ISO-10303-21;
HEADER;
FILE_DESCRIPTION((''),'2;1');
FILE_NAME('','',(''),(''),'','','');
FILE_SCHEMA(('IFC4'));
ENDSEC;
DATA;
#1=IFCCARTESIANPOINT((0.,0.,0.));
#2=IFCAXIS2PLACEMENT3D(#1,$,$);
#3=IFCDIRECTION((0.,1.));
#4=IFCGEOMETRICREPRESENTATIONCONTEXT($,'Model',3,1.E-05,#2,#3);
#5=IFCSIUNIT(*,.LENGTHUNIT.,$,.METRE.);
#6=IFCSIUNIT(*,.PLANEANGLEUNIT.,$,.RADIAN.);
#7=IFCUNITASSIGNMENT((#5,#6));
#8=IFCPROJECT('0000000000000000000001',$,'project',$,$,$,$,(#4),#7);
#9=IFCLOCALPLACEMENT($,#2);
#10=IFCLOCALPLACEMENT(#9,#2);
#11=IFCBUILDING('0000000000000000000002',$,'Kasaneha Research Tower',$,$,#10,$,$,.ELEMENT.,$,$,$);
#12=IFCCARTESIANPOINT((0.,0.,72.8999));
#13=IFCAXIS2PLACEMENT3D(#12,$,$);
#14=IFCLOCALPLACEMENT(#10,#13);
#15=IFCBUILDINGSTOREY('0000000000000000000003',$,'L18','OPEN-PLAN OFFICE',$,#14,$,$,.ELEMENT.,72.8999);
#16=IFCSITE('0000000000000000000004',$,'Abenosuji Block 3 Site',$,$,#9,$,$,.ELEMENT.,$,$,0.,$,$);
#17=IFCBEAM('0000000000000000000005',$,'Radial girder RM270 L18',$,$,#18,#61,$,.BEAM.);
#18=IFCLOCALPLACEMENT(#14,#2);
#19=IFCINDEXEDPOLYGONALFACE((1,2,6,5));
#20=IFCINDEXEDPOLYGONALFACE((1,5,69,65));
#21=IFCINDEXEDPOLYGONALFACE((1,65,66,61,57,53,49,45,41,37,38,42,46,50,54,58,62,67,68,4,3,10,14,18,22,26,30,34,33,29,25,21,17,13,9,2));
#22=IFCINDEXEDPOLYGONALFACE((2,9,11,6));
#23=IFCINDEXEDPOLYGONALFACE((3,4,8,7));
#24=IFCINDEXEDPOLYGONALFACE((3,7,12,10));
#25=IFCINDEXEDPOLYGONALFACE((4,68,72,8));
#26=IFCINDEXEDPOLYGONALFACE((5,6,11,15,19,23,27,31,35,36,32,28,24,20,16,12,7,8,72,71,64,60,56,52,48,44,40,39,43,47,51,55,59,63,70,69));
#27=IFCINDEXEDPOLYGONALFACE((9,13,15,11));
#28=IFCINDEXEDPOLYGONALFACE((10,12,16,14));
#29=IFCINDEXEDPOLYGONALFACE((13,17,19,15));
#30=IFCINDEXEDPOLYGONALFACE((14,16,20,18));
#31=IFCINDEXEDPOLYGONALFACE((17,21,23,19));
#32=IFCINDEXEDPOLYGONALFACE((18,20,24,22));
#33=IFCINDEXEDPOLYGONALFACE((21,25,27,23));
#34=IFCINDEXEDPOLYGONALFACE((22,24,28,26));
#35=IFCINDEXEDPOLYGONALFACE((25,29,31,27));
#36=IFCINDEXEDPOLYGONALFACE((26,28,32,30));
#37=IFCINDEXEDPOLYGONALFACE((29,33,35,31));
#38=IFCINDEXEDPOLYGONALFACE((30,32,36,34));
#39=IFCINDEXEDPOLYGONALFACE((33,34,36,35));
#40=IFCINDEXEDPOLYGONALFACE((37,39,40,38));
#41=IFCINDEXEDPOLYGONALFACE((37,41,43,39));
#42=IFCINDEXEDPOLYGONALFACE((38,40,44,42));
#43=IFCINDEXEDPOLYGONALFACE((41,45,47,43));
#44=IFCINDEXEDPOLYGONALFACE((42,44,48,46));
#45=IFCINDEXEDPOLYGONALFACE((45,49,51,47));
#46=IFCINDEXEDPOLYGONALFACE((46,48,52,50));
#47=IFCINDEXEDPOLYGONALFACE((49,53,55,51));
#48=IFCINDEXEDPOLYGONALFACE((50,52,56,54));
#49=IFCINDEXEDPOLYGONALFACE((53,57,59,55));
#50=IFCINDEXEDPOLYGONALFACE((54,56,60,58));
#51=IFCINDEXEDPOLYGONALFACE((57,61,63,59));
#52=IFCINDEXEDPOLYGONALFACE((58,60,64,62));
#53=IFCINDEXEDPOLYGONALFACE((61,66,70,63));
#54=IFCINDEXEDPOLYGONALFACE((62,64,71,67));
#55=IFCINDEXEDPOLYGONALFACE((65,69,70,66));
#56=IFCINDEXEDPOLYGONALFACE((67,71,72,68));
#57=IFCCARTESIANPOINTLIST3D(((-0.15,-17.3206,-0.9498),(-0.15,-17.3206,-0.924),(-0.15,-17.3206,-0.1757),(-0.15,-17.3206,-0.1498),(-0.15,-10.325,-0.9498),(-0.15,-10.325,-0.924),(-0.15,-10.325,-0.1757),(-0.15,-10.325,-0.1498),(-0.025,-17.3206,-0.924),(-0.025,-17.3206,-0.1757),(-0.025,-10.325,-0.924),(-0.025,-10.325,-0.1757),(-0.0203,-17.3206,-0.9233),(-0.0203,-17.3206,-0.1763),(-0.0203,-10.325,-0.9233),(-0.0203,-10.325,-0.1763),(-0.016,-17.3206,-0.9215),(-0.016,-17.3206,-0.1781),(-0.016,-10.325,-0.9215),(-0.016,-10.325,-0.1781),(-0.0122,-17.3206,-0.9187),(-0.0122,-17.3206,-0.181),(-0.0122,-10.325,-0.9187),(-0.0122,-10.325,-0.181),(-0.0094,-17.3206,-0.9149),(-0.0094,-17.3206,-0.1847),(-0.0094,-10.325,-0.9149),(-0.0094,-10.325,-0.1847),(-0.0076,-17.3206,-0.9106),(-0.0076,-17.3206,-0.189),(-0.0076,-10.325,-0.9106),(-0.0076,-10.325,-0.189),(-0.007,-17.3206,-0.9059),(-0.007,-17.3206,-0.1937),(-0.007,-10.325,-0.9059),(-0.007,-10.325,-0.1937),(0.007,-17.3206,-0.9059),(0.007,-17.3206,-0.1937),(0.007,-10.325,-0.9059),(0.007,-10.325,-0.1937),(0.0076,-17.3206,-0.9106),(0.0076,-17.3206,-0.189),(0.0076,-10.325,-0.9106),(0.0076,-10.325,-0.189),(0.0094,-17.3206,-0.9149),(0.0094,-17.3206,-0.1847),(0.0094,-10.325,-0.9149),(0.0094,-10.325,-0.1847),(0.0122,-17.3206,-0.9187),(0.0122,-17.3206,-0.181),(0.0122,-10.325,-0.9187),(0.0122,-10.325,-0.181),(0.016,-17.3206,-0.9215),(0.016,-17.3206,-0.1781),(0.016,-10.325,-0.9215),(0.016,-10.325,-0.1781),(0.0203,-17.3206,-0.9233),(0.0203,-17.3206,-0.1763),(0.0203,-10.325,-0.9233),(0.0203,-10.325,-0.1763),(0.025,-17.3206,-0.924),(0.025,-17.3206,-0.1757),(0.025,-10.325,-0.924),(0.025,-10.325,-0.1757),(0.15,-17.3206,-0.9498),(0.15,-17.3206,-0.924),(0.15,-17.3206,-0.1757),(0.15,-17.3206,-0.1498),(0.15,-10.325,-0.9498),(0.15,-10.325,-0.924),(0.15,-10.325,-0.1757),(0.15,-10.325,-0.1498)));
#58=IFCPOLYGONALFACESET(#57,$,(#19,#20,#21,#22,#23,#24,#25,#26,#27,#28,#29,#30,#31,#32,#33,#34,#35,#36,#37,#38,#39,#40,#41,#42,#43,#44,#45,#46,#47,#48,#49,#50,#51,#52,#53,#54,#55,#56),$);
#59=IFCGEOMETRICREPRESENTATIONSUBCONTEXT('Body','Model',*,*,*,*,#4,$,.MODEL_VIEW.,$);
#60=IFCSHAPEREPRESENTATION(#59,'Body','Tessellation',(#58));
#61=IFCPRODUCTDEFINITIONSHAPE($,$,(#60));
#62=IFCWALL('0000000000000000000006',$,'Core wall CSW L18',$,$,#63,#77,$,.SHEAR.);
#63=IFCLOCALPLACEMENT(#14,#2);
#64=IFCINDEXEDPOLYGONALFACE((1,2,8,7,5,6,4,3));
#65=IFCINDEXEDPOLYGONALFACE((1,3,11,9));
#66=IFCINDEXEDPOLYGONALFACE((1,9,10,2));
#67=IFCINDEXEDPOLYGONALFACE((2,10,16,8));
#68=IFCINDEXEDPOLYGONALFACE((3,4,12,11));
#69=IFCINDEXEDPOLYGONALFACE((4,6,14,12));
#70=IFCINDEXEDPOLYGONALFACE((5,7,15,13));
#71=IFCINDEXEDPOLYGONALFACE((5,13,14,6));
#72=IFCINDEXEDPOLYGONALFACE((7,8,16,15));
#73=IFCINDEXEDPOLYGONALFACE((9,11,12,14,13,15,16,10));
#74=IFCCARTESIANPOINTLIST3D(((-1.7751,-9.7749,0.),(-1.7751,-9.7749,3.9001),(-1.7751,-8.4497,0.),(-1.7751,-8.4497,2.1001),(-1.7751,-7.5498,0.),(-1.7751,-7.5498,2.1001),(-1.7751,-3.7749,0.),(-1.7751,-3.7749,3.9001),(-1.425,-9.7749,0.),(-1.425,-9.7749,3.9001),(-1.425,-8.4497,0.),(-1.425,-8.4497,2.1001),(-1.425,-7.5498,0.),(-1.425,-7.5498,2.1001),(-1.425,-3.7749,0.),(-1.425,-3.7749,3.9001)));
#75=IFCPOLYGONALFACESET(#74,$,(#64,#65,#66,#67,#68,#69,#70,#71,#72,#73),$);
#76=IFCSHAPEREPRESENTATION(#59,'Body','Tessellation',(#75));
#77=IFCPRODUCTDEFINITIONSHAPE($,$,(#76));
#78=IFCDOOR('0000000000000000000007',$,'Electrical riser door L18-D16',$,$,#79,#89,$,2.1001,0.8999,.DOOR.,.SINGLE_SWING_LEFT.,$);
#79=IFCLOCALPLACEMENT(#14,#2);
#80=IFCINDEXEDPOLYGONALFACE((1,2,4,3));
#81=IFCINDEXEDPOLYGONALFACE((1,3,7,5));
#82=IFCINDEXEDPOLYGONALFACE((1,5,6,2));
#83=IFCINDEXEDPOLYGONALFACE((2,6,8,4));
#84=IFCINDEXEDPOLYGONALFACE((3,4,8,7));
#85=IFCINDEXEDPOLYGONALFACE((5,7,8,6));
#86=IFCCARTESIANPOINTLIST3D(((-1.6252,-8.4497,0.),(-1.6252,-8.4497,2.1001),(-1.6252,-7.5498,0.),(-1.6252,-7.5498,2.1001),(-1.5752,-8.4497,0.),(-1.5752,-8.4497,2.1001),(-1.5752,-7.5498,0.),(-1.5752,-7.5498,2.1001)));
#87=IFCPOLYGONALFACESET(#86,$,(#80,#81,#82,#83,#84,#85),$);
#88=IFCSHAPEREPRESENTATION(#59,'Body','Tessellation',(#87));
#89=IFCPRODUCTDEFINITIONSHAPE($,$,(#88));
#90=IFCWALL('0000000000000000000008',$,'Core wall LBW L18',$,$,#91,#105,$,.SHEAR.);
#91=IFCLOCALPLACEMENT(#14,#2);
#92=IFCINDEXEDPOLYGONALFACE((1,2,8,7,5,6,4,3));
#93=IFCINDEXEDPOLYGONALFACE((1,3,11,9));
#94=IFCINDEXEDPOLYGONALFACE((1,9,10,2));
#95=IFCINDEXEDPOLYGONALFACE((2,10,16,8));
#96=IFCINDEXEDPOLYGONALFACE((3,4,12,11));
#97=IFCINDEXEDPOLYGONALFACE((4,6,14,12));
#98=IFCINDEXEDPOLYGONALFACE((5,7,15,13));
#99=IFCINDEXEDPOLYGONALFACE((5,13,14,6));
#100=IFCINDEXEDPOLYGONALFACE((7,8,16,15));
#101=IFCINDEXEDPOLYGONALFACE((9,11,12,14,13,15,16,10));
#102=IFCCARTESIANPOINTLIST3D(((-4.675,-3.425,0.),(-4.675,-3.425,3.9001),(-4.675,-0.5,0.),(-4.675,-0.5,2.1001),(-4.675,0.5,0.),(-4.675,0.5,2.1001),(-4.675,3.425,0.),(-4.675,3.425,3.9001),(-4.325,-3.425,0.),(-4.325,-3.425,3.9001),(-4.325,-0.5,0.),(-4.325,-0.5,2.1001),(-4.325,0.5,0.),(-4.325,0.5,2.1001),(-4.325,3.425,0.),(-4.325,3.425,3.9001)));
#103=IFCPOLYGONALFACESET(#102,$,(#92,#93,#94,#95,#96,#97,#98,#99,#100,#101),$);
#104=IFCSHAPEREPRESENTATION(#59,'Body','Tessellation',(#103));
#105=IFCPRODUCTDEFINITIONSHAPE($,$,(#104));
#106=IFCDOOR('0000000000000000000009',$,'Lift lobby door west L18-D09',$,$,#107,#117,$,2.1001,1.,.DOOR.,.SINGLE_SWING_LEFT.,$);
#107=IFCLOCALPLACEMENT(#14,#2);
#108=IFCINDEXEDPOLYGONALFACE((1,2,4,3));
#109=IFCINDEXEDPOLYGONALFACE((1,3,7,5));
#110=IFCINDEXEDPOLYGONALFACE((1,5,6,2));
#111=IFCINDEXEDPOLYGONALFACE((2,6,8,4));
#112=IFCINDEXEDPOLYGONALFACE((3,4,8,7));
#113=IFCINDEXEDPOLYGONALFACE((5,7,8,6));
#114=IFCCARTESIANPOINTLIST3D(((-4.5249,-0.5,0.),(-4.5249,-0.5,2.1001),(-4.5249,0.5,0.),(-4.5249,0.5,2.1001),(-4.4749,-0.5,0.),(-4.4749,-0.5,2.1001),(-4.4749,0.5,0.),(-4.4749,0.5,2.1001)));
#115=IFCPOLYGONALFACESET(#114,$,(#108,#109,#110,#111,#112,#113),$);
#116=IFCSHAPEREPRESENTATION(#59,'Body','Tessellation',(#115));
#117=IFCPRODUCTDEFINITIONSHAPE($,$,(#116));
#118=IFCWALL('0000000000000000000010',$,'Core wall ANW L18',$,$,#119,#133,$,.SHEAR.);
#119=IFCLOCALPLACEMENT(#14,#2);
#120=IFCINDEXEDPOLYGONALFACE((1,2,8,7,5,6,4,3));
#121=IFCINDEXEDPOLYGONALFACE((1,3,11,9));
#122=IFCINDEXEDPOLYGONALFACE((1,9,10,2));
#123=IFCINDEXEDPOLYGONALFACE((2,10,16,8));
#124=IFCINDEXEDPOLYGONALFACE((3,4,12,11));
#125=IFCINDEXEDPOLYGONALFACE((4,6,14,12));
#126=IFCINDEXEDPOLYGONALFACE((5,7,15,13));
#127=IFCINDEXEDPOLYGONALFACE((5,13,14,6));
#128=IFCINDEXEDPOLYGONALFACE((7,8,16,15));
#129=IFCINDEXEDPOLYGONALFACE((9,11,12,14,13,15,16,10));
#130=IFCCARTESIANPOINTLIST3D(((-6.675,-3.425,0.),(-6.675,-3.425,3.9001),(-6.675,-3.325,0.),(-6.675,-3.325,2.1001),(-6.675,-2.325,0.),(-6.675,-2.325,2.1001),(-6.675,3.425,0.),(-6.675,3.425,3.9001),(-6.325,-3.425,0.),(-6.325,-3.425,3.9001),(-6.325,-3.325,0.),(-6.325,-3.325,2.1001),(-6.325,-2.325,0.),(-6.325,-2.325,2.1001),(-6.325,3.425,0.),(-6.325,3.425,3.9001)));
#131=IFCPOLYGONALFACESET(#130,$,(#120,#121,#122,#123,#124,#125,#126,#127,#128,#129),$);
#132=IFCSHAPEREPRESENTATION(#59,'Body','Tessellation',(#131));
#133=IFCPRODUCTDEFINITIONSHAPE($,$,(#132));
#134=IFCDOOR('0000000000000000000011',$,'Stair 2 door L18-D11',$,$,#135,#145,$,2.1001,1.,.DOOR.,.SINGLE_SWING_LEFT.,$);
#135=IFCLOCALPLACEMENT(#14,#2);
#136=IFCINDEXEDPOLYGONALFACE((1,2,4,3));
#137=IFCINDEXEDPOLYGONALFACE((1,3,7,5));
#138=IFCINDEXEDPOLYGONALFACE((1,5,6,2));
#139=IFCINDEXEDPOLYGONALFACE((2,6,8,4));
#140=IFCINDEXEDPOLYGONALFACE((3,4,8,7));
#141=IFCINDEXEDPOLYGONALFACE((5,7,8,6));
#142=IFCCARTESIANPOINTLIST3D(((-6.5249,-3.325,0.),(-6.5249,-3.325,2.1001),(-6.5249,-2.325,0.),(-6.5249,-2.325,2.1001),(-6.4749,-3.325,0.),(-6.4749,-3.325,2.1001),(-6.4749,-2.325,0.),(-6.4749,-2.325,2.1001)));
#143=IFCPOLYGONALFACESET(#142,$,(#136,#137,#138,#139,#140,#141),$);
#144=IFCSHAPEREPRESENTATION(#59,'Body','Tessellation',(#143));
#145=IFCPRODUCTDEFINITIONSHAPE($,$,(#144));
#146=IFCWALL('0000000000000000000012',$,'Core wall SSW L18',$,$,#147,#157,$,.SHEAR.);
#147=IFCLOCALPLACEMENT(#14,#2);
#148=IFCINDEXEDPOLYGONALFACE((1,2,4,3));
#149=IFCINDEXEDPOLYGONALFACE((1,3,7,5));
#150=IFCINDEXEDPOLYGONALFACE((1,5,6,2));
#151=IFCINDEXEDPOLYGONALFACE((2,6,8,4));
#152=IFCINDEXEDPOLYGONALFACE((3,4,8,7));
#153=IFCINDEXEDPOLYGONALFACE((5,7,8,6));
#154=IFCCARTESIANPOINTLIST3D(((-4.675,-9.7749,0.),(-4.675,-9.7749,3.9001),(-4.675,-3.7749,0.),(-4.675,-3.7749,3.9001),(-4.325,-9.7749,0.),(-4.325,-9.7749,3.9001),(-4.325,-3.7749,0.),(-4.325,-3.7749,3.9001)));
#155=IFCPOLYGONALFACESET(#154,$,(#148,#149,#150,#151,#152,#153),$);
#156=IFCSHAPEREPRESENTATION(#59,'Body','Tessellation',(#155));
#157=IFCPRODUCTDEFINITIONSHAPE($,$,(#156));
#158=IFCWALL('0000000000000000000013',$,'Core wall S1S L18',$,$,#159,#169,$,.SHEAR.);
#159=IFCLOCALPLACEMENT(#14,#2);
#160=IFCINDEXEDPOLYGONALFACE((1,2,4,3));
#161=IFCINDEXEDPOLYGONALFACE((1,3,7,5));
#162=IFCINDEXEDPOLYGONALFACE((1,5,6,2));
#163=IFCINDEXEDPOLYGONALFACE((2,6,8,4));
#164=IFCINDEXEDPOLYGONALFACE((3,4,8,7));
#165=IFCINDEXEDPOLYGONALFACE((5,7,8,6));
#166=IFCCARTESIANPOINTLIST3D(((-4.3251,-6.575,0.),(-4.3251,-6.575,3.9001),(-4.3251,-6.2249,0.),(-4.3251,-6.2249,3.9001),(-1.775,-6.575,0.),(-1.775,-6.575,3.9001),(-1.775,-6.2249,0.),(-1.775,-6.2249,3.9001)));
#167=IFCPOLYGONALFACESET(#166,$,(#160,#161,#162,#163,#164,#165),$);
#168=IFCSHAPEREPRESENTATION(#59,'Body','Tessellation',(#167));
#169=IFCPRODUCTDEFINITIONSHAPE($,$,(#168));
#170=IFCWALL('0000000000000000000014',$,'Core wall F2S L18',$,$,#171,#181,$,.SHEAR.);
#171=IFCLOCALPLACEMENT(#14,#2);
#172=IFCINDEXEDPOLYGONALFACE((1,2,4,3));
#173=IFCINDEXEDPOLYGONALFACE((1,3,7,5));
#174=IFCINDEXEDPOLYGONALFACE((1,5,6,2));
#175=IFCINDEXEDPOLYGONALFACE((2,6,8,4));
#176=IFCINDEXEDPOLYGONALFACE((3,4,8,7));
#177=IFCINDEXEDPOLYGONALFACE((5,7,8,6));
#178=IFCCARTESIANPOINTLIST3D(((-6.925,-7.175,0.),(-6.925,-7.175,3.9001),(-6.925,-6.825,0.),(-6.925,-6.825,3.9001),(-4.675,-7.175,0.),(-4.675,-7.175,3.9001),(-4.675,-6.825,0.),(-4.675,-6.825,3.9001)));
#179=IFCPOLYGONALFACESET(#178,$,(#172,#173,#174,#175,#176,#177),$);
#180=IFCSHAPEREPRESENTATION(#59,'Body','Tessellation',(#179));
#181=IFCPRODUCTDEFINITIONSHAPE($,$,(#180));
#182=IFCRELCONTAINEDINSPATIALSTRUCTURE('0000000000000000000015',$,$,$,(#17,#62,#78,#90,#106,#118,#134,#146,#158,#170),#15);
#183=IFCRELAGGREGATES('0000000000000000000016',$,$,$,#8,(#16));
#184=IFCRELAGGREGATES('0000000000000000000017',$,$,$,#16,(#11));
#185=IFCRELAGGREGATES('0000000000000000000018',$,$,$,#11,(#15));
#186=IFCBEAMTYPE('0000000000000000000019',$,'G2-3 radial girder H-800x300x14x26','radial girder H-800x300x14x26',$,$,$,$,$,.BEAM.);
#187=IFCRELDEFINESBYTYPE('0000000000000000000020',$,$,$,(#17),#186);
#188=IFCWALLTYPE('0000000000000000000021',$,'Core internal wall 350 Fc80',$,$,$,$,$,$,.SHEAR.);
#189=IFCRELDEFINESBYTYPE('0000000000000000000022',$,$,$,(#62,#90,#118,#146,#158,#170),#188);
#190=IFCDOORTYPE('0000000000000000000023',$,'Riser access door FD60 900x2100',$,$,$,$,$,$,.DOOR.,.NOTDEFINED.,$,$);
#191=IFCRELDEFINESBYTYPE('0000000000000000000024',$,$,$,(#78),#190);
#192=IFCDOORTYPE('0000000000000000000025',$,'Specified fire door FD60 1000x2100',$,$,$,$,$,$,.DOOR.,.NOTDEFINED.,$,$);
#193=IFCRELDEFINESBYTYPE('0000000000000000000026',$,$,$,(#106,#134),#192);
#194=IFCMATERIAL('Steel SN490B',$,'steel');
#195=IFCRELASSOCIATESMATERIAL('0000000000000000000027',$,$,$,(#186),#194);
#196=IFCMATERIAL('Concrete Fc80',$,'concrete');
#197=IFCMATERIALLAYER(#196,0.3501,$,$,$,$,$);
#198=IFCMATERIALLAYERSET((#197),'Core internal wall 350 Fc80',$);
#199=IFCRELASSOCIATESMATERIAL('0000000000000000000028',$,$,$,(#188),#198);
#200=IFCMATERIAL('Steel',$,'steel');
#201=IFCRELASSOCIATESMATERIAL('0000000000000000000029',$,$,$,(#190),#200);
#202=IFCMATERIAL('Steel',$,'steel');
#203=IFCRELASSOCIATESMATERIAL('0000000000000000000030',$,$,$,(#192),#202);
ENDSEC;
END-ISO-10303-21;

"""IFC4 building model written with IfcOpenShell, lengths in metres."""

from ifc_helpers import new_model, si_unit, direction, frame, frame_2d, origin, origin_2d, place, context, subcontext, project, spatial, rectangle, i_section, extrude, material, layer, layer_set, material_profile, profile_set, type_object, element, fill, save


model = new_model("IFC4")

# Units and contexts
model_context = context("Model", 3, precision=1e-05, world=origin(), true_north=direction((0.0, 1.0)))
body_context = subcontext(model_context, "Body", "Model", "MODEL_VIEW")
ifc_project = project(units=[si_unit("LENGTHUNIT", "METRE"), si_unit("PLANEANGLEUNIT", "RADIAN")], contexts=[model_context])

# Site, building, storey
site_placement = place(None, origin())
site = spatial("IfcSite", under=ifc_project, at=site_placement, Name="Abenosuji Block 3 Site", CompositionType="ELEMENT", RefElevation=0.0)
building_placement = place(site_placement, origin())
building = spatial("IfcBuilding", under=site, at=building_placement, Name="Kasaneha Research Tower", CompositionType="ELEMENT")
storey_placement = place(building_placement, frame((0.0, 0.0, 72.8999)))
storey = spatial("IfcBuildingStorey", under=building, at=storey_placement, Name="L18", Description="OPEN-PLAN OFFICE", CompositionType="ELEMENT", Elevation=72.8999)

# Beam
ifc_material_1 = material(Name="Steel SN490B", Category="steel")
ifc_material_profile_1 = material_profile(ifc_material_1, i_section(OverallWidth=0.3, OverallDepth=0.8, WebThickness=0.0139, FlangeThickness=0.0259, FilletRadius=0.0181, at=origin_2d()), Name="H-800x300x14x26")
ifc_profile_set_1 = profile_set([ifc_material_profile_1], Name="Steel SN490B")
beam_type_1 = type_object("IfcBeamType", Name="G2-3 radial girder H-800x300x14x26", Description="radial girder H-800x300x14x26", PredefinedType="BEAM", material=ifc_profile_set_1)
beam_1_placement = place(storey_placement, frame((0.0, -10.325, -0.5498), z_axis=(0.0, -1.0, 0.0), x_axis=(1.0, 0.0, 0.0)))
element("IfcBeam", 1, at=beam_1_placement, inside=storey, type_object=beam_type_1, Name="Radial girder RM270 L18", PredefinedType="BEAM", context=body_context, shape_type="SweptSolid", body=[
    extrude(i_section(OverallWidth=0.3, OverallDepth=0.8, WebThickness=0.0139, FlangeThickness=0.0259, FilletRadius=0.0181, at=origin_2d()), origin(), (0.0, 0.0, 1.0), 6.9956),
])

# Walls, openings, doors
ifc_material_2 = material(Name="Concrete Fc80", Category="concrete")
ifc_layer_1 = layer(ifc_material_2, 0.3501)
ifc_layer_set_1 = layer_set([ifc_layer_1], Name="Core internal wall 350 Fc80")
wall_type_1 = type_object("IfcWallType", Name="Core internal wall 350 Fc80", PredefinedType="SHEAR", material=ifc_layer_set_1)
wall_1_placement = place(storey_placement, frame((-1.6001, -3.7749, 0.0), z_axis=(0.0, 0.0, 1.0), x_axis=(0.0, -1.0, 0.0)))
wall_1 = element("IfcWall", 2, at=wall_1_placement, inside=storey, type_object=wall_type_1, Name="Core wall CSW L18", PredefinedType="SHEAR", context=body_context, shape_type="SweptSolid", body=[
    extrude(rectangle(XDim=6.0, YDim=0.3501, at=frame_2d((3.0, 0.0))), origin(), (0.0, 0.0, 1.0), 3.9001),
])
opening_1_placement = place(wall_1_placement, frame((3.7749, 0.0, 0.0)))
opening_1 = element("IfcOpeningElement", 3, at=opening_1_placement, cuts=wall_1, PredefinedType="OPENING", context=body_context, shape_type="SweptSolid", body=[
    extrude(rectangle(XDim=0.8999, YDim=2.1001, at=frame_2d((0.45, 1.05))), frame((0.0, 0.1851, 0.0), z_axis=(0.0, -1.0, 0.0), x_axis=(1.0, 0.0, 0.0)), (0.0, 0.0, 1.0), 0.3701),
])
ifc_material_3 = material(Name="Steel", Category="steel")
door_type_1 = type_object("IfcDoorType", Name="Riser access door FD60 900x2100", OperationType="NOTDEFINED", PredefinedType="DOOR", material=ifc_material_3)
door_1_placement = place(opening_1_placement, origin())
door_1 = element("IfcDoor", 4, at=door_1_placement, inside=storey, type_object=door_type_1, Name="Electrical riser door L18-D16", OperationType="SINGLE_SWING_LEFT", OverallHeight=2.1001, OverallWidth=0.8999, PredefinedType="DOOR", context=body_context, shape_type="SweptSolid", body=[
    extrude(rectangle(XDim=0.8999, YDim=2.1001, at=frame_2d((0.45, 1.05))), frame((0.0, 0.0249, 0.0), z_axis=(0.0, -1.0, 0.0), x_axis=(1.0, 0.0, 0.0)), (0.0, 0.0, 1.0), 0.05),
])
fill(opening_1, door_1)
wall_2_placement = place(storey_placement, frame((-4.5, -3.425, 0.0), z_axis=(0.0, 0.0, 1.0), x_axis=(0.0, 1.0, 0.0)))
wall_2 = element("IfcWall", 5, at=wall_2_placement, inside=storey, type_object=wall_type_1, Name="Core wall LBW L18", PredefinedType="SHEAR", context=body_context, shape_type="SweptSolid", body=[
    extrude(rectangle(XDim=6.8501, YDim=0.3501, at=frame_2d((3.425, 0.0))), origin(), (0.0, 0.0, 1.0), 3.9001),
])
opening_2_placement = place(wall_2_placement, frame((2.925, 0.0, 0.0)))
opening_2 = element("IfcOpeningElement", 6, at=opening_2_placement, cuts=wall_2, PredefinedType="OPENING", context=body_context, shape_type="SweptSolid", body=[
    extrude(rectangle(XDim=1.0, YDim=2.1001, at=frame_2d((0.5, 1.05))), frame((0.0, 0.1851, 0.0), z_axis=(0.0, -1.0, 0.0), x_axis=(1.0, 0.0, 0.0)), (0.0, 0.0, 1.0), 0.3701),
])
ifc_material_4 = material(Name="Steel", Category="steel")
door_type_2 = type_object("IfcDoorType", Name="Specified fire door FD60 1000x2100", OperationType="NOTDEFINED", PredefinedType="DOOR", material=ifc_material_4)
door_2_placement = place(opening_2_placement, origin())
door_2 = element("IfcDoor", 7, at=door_2_placement, inside=storey, type_object=door_type_2, Name="Lift lobby door west L18-D09", OperationType="SINGLE_SWING_LEFT", OverallHeight=2.1001, OverallWidth=1.0, PredefinedType="DOOR", context=body_context, shape_type="SweptSolid", body=[
    extrude(rectangle(XDim=1.0, YDim=2.1001, at=frame_2d((0.5, 1.05))), frame((0.0, 0.0249, 0.0), z_axis=(0.0, -1.0, 0.0), x_axis=(1.0, 0.0, 0.0)), (0.0, 0.0, 1.0), 0.05),
])
fill(opening_2, door_2)
wall_3_placement = place(storey_placement, frame((-6.5, -3.425, 0.0), z_axis=(0.0, 0.0, 1.0), x_axis=(0.0, 1.0, 0.0)))
wall_3 = element("IfcWall", 8, at=wall_3_placement, inside=storey, type_object=wall_type_1, Name="Core wall ANW L18", PredefinedType="SHEAR", context=body_context, shape_type="SweptSolid", body=[
    extrude(rectangle(XDim=6.8501, YDim=0.3501, at=frame_2d((3.425, 0.0))), origin(), (0.0, 0.0, 1.0), 3.9001),
])
opening_3_placement = place(wall_3_placement, frame((0.1001, 0.0, 0.0)))
opening_3 = element("IfcOpeningElement", 9, at=opening_3_placement, cuts=wall_3, PredefinedType="OPENING", context=body_context, shape_type="SweptSolid", body=[
    extrude(rectangle(XDim=1.0, YDim=2.1001, at=frame_2d((0.5, 1.05))), frame((0.0, 0.1851, 0.0), z_axis=(0.0, -1.0, 0.0), x_axis=(1.0, 0.0, 0.0)), (0.0, 0.0, 1.0), 0.3701),
])
door_3_placement = place(opening_3_placement, origin())
door_3 = element("IfcDoor", 10, at=door_3_placement, inside=storey, type_object=door_type_2, Name="Stair 2 door L18-D11", OperationType="SINGLE_SWING_LEFT", OverallHeight=2.1001, OverallWidth=1.0, PredefinedType="DOOR", context=body_context, shape_type="SweptSolid", body=[
    extrude(rectangle(XDim=1.0, YDim=2.1001, at=frame_2d((0.5, 1.05))), frame((0.0, 0.0249, 0.0), z_axis=(0.0, -1.0, 0.0), x_axis=(1.0, 0.0, 0.0)), (0.0, 0.0, 1.0), 0.05),
])
fill(opening_3, door_3)

# Walls
wall_4_placement = place(storey_placement, frame((-4.5, -3.7749, 0.0), z_axis=(0.0, 0.0, 1.0), x_axis=(0.0, -1.0, 0.0)))
element("IfcWall", 11, at=wall_4_placement, inside=storey, type_object=wall_type_1, Name="Core wall SSW L18", PredefinedType="SHEAR", context=body_context, shape_type="SweptSolid", body=[
    extrude(rectangle(XDim=6.0, YDim=0.3501, at=frame_2d((3.0, 0.0))), origin(), (0.0, 0.0, 1.0), 3.9001),
])
wall_5_placement = place(storey_placement, frame((-4.325, -6.3999, 0.0), z_axis=(0.0, 0.0, 1.0), x_axis=(1.0, 0.0, 0.0)))
element("IfcWall", 12, at=wall_5_placement, inside=storey, type_object=wall_type_1, Name="Core wall S1S L18", PredefinedType="SHEAR", context=body_context, shape_type="SweptSolid", body=[
    extrude(rectangle(XDim=2.55, YDim=0.3501, at=frame_2d((1.2749, 0.0))), origin(), (0.0, 0.0, 1.0), 3.9001),
])
wall_6_placement = place(storey_placement, frame((-6.925, -7.0, 0.0), z_axis=(0.0, 0.0, 1.0), x_axis=(1.0, 0.0, 0.0)))
element("IfcWall", 13, at=wall_6_placement, inside=storey, type_object=wall_type_1, Name="Core wall F2S L18", PredefinedType="SHEAR", context=body_context, shape_type="SweptSolid", body=[
    extrude(rectangle(XDim=2.25, YDim=0.3501, at=frame_2d((1.125, 0.0))), origin(), (0.0, 0.0, 1.0), 3.9001),
])

save(model, "model.ifc")
